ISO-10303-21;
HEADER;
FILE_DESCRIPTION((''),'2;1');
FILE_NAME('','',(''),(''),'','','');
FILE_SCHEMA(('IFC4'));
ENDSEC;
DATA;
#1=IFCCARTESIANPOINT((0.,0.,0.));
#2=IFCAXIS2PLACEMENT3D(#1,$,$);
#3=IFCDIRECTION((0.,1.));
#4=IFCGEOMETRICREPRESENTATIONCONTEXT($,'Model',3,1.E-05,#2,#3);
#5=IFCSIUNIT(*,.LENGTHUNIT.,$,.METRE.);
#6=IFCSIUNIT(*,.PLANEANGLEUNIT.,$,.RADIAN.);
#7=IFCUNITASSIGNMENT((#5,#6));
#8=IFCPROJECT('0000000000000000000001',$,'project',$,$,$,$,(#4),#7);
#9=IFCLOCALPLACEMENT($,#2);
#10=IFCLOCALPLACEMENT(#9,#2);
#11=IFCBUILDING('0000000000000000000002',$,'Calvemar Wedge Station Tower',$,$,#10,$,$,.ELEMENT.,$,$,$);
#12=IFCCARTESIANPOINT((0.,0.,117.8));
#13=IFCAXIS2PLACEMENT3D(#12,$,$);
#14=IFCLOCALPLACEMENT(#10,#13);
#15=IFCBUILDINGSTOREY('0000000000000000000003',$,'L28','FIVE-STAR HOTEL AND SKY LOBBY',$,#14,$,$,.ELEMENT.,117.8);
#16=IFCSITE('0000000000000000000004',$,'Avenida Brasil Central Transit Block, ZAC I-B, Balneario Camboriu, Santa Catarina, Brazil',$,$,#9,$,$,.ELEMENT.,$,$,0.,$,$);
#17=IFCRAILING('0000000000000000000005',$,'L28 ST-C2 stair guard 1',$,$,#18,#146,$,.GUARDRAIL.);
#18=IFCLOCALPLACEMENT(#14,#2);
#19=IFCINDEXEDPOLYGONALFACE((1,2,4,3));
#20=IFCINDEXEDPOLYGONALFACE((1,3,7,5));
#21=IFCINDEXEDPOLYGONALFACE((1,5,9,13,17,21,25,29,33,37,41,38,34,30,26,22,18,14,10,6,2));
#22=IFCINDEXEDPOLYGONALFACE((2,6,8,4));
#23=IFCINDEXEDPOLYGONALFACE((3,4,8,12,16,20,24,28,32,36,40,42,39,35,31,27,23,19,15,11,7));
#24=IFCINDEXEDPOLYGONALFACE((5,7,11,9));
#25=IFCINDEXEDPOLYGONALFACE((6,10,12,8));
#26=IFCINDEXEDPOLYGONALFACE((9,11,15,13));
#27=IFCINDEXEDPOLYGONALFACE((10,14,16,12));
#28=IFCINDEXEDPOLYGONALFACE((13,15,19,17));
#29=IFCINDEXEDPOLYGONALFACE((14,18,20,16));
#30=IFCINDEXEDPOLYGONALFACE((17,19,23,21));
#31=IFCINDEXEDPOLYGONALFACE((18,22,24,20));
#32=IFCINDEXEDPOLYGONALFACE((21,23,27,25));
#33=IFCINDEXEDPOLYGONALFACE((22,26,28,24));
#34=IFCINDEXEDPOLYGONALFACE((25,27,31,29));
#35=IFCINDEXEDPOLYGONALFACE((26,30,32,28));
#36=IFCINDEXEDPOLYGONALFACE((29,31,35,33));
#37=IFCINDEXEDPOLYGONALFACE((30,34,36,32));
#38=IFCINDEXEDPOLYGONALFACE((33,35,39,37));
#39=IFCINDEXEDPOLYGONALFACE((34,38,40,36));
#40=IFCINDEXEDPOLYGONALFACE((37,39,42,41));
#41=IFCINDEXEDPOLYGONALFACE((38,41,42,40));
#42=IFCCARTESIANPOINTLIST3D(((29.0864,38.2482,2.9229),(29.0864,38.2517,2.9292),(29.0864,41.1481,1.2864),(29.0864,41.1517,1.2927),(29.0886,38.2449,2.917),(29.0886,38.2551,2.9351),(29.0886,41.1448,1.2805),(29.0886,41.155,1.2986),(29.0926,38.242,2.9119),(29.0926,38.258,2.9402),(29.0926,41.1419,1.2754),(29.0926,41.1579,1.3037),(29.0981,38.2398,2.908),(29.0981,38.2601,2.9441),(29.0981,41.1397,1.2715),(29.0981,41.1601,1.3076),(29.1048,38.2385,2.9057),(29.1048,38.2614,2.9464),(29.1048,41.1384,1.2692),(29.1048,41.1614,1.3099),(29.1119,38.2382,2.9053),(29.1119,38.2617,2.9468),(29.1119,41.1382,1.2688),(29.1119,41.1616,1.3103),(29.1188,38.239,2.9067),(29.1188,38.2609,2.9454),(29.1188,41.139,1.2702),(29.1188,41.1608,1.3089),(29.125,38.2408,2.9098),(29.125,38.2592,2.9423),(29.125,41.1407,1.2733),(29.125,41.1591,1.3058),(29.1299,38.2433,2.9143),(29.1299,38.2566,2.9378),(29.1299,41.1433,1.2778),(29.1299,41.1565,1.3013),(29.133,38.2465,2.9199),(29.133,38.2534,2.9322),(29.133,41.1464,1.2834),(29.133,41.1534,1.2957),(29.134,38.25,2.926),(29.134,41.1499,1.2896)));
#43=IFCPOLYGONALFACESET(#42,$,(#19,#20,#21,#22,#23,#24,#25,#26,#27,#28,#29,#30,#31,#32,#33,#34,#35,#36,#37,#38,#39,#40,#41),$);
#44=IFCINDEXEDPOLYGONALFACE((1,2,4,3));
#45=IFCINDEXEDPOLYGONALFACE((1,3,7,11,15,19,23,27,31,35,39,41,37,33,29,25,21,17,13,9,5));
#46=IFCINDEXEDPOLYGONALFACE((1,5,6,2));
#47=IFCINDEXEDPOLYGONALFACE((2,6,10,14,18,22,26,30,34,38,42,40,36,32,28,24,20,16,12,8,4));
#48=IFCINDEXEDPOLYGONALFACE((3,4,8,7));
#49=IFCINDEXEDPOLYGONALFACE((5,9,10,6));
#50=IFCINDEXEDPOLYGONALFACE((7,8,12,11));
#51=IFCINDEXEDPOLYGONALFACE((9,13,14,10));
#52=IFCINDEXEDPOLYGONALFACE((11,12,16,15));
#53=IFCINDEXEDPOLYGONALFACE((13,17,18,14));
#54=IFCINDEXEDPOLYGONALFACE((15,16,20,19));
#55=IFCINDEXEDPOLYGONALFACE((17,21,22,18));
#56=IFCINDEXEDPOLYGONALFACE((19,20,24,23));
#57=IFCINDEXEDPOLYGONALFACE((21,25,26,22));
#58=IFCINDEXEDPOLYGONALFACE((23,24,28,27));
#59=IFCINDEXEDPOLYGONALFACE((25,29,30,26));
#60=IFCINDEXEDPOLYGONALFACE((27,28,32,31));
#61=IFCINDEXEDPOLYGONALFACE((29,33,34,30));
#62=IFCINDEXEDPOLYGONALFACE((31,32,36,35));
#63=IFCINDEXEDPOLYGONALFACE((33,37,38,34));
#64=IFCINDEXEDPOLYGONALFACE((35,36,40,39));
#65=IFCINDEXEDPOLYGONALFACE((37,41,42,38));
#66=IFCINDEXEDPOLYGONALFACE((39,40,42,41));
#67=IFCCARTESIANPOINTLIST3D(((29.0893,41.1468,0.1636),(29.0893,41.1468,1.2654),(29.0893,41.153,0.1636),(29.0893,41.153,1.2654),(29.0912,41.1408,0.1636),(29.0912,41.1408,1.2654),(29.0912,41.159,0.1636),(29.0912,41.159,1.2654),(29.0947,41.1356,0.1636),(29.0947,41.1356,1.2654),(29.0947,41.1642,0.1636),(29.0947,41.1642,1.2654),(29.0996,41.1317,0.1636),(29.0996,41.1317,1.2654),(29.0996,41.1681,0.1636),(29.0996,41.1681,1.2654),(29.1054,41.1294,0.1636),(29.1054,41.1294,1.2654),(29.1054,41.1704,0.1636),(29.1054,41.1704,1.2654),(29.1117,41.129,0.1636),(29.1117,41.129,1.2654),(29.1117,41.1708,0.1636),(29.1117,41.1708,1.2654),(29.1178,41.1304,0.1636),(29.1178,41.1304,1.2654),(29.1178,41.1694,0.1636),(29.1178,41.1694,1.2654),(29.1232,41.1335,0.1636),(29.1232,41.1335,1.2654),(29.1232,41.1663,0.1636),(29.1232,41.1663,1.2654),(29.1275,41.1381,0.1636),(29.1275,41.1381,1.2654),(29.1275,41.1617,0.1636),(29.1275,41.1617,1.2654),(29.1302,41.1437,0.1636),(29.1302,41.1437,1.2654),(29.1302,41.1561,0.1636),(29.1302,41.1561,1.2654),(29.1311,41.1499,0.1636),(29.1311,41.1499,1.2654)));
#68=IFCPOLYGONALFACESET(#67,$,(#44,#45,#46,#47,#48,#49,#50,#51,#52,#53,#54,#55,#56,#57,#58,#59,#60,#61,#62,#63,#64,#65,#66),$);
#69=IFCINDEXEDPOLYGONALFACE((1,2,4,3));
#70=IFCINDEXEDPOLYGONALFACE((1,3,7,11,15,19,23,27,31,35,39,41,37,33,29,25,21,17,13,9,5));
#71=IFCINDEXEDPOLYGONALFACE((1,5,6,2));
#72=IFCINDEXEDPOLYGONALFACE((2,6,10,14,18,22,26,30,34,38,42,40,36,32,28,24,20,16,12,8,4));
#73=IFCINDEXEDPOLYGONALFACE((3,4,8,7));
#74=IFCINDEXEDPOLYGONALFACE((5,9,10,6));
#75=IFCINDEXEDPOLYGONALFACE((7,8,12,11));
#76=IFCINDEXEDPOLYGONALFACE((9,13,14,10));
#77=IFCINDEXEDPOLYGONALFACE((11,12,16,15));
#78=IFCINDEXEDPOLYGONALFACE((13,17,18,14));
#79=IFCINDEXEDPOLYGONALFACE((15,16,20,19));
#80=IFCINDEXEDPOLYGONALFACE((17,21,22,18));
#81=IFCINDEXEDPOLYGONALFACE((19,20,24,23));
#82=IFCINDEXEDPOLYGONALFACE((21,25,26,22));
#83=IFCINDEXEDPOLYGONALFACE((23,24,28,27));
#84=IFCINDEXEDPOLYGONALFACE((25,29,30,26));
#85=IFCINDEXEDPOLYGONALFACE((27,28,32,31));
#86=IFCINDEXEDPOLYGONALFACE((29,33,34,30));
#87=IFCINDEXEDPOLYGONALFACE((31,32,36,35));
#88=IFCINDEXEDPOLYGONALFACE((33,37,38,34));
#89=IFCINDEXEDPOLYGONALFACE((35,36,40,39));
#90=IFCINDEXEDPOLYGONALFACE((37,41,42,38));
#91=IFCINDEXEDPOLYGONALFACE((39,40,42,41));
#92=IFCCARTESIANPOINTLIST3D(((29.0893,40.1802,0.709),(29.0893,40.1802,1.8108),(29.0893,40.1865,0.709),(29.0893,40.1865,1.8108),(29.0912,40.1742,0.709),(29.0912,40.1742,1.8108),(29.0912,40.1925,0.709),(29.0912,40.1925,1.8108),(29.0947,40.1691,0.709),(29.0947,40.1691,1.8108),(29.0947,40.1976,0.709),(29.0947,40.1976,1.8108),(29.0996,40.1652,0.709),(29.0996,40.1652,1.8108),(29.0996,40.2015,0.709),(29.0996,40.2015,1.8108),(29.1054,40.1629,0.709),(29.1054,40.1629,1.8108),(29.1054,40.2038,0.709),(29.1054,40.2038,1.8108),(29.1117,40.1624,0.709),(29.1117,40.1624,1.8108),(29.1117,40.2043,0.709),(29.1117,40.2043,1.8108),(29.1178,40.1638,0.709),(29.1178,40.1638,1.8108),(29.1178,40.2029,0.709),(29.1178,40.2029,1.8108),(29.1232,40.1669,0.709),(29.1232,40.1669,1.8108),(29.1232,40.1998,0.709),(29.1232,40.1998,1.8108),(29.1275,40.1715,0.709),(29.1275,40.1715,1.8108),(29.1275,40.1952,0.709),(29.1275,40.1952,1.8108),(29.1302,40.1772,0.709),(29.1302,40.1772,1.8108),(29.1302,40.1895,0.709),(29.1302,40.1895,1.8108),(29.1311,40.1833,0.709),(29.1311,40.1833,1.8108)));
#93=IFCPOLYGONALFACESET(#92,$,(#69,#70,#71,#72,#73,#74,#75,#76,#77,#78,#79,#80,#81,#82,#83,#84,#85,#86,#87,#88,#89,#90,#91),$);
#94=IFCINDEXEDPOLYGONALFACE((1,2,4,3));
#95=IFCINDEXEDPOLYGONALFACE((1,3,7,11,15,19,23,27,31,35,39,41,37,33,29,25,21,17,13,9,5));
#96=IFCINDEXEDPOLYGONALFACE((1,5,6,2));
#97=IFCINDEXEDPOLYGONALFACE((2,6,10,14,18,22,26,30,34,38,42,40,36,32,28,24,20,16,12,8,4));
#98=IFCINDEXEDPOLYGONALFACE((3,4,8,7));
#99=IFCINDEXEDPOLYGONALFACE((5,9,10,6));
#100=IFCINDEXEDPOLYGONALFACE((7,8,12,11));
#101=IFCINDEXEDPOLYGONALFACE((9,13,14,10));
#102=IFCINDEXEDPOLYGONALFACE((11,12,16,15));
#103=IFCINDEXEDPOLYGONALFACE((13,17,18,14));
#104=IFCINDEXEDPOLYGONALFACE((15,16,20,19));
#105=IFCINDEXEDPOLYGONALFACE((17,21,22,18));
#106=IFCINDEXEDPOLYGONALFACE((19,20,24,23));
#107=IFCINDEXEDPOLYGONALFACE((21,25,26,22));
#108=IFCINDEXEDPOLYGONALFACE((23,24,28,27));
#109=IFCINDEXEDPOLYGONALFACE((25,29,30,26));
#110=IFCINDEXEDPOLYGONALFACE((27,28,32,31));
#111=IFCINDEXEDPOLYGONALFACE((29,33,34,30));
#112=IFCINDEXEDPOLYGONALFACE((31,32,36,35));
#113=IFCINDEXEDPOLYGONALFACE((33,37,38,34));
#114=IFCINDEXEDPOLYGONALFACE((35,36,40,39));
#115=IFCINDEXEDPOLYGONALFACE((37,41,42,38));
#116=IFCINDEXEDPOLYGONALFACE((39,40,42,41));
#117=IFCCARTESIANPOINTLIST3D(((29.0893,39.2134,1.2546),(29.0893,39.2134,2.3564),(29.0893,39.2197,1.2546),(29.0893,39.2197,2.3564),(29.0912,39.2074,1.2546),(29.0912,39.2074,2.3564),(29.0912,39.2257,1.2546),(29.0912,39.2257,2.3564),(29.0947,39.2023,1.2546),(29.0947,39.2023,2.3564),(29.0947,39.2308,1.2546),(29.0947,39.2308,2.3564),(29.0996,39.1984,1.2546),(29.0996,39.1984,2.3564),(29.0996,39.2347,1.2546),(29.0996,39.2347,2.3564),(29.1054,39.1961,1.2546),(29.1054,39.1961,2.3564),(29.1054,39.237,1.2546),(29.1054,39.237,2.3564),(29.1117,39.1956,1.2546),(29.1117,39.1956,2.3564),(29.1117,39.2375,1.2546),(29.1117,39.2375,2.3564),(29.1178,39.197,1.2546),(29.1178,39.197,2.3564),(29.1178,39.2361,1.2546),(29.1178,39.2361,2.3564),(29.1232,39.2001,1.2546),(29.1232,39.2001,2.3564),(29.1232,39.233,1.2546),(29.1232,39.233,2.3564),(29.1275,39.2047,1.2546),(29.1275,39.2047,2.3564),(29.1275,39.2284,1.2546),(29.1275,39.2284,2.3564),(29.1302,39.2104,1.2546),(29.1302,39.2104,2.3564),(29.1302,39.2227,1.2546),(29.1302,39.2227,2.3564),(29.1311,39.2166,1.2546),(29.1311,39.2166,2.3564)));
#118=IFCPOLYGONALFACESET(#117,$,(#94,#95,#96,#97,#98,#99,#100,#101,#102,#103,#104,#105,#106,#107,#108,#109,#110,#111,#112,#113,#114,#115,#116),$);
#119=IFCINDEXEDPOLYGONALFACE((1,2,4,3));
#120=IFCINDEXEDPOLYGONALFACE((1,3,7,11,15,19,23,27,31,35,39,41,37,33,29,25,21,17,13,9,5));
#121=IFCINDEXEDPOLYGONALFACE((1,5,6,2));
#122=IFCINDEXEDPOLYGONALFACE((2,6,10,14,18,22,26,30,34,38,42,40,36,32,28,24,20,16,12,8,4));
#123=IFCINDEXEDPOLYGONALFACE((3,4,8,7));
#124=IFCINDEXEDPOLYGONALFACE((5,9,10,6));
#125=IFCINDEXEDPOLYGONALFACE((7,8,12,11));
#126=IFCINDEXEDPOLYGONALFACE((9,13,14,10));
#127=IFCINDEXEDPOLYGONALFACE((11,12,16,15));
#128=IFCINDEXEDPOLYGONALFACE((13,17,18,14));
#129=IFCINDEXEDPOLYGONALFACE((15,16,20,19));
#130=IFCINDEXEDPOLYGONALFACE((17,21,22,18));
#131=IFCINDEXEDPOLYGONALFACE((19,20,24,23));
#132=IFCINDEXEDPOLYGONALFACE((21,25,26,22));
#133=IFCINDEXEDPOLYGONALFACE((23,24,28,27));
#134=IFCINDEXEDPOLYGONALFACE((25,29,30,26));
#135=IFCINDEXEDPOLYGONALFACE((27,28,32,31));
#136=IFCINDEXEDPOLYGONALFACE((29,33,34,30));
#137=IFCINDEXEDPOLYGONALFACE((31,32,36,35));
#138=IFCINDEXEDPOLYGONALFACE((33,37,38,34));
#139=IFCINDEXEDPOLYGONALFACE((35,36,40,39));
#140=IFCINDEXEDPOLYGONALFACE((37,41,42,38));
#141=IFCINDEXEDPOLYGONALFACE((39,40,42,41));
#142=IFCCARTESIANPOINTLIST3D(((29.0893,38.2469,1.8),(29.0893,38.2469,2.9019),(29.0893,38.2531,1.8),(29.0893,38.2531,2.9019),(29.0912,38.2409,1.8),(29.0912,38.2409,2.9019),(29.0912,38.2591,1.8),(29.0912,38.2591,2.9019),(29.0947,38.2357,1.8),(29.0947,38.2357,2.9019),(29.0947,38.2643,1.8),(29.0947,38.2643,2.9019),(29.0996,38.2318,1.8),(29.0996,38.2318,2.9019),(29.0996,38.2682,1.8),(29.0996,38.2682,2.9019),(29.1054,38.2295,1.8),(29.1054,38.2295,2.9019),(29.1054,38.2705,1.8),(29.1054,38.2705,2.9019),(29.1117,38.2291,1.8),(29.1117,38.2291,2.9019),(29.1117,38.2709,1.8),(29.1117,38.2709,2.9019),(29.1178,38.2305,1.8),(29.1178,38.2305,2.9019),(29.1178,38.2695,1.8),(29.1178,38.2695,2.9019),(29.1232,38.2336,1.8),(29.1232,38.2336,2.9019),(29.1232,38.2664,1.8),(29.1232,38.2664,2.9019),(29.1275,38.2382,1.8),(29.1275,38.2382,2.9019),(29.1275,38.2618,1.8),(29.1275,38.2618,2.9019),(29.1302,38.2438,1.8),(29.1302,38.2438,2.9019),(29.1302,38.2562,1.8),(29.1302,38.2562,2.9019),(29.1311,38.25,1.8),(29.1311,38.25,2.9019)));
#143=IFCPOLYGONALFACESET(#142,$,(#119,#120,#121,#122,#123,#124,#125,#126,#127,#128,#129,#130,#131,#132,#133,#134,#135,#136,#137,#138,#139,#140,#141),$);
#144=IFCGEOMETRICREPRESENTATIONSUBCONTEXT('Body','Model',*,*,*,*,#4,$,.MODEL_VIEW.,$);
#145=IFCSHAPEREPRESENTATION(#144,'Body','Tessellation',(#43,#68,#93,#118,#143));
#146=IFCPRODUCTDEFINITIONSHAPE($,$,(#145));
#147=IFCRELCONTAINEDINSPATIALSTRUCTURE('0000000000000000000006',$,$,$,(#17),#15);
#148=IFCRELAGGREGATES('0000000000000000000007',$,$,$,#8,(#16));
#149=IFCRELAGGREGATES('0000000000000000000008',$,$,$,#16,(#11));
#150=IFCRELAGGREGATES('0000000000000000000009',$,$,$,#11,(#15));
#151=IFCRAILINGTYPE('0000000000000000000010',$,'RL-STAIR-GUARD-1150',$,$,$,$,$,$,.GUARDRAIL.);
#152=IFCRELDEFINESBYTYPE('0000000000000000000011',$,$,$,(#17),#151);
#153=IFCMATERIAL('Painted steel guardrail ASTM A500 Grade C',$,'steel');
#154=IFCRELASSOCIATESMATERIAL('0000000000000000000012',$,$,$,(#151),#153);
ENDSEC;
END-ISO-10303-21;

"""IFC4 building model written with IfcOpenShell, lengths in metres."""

from ifc_helpers import new_model, si_unit, direction, frame, origin, origin_2d, place, context, subcontext, project, spatial, circle, extrude, material, type_object, element, save


model = new_model("IFC4")

# Units and contexts
model_context = context("Model", 3, precision=1e-05, world=origin(), true_north=direction((0.0, 1.0)))
body_context = subcontext(model_context, "Body", "Model", "MODEL_VIEW")
ifc_project = project(units=[si_unit("LENGTHUNIT", "METRE"), si_unit("PLANEANGLEUNIT", "RADIAN")], contexts=[model_context])

# Site, building, storey
site_placement = place(None, origin())
site = spatial("IfcSite", under=ifc_project, at=site_placement, Name="Avenida Brasil Central Transit Block, ZAC I-B, Balneario Camboriu, Santa Catarina, Brazil", CompositionType="ELEMENT", RefElevation=0.0)
building_placement = place(site_placement, origin())
building = spatial("IfcBuilding", under=site, at=building_placement, Name="Calvemar Wedge Station Tower", CompositionType="ELEMENT")
storey_placement = place(building_placement, frame((0.0, 0.0, 117.8)))
storey = spatial("IfcBuildingStorey", under=building, at=storey_placement, Name="L28", Description="FIVE-STAR HOTEL AND SKY LOBBY", CompositionType="ELEMENT", Elevation=117.8)

# Railing
ifc_material_1 = material(Name="Painted steel guardrail ASTM A500 Grade C", Category="steel")
railing_type_1 = type_object("IfcRailingType", Name="RL-STAIR-GUARD-1150", PredefinedType="GUARDRAIL", material=ifc_material_1)
railing_1_placement = place(storey_placement, frame((29.1101, 41.1499, 0.1636)))
element("IfcRailing", 1, at=railing_1_placement, inside=storey, type_object=railing_type_1, Name="L28 ST-C2 stair guard 1", PredefinedType="GUARDRAIL", context=body_context, shape_type="SweptSolid", body=[
    extrude(circle(Radius=0.0239, at=origin_2d()), frame((0.0, 0.0, 1.126), z_axis=(0.0, -0.870897, 0.491465), x_axis=(1.0, 0.0, 0.0)), (0.0, 0.0, 1.0), 3.3298),
    extrude(circle(Radius=0.021, at=origin_2d()), origin(), (0.0, 0.0, 1.0), 1.1018),
    extrude(circle(Radius=0.021, at=origin_2d()), frame((0.0, -0.9666, 0.5454)), (0.0, 0.0, 1.0), 1.1018),
    extrude(circle(Radius=0.021, at=origin_2d()), frame((0.0, -1.9333, 1.0911)), (0.0, 0.0, 1.0), 1.1018),
    extrude(circle(Radius=0.021, at=origin_2d()), frame((0.0, -2.8999, 1.6365)), (0.0, 0.0, 1.0), 1.1018),
])

save(model, "model.ifc")
